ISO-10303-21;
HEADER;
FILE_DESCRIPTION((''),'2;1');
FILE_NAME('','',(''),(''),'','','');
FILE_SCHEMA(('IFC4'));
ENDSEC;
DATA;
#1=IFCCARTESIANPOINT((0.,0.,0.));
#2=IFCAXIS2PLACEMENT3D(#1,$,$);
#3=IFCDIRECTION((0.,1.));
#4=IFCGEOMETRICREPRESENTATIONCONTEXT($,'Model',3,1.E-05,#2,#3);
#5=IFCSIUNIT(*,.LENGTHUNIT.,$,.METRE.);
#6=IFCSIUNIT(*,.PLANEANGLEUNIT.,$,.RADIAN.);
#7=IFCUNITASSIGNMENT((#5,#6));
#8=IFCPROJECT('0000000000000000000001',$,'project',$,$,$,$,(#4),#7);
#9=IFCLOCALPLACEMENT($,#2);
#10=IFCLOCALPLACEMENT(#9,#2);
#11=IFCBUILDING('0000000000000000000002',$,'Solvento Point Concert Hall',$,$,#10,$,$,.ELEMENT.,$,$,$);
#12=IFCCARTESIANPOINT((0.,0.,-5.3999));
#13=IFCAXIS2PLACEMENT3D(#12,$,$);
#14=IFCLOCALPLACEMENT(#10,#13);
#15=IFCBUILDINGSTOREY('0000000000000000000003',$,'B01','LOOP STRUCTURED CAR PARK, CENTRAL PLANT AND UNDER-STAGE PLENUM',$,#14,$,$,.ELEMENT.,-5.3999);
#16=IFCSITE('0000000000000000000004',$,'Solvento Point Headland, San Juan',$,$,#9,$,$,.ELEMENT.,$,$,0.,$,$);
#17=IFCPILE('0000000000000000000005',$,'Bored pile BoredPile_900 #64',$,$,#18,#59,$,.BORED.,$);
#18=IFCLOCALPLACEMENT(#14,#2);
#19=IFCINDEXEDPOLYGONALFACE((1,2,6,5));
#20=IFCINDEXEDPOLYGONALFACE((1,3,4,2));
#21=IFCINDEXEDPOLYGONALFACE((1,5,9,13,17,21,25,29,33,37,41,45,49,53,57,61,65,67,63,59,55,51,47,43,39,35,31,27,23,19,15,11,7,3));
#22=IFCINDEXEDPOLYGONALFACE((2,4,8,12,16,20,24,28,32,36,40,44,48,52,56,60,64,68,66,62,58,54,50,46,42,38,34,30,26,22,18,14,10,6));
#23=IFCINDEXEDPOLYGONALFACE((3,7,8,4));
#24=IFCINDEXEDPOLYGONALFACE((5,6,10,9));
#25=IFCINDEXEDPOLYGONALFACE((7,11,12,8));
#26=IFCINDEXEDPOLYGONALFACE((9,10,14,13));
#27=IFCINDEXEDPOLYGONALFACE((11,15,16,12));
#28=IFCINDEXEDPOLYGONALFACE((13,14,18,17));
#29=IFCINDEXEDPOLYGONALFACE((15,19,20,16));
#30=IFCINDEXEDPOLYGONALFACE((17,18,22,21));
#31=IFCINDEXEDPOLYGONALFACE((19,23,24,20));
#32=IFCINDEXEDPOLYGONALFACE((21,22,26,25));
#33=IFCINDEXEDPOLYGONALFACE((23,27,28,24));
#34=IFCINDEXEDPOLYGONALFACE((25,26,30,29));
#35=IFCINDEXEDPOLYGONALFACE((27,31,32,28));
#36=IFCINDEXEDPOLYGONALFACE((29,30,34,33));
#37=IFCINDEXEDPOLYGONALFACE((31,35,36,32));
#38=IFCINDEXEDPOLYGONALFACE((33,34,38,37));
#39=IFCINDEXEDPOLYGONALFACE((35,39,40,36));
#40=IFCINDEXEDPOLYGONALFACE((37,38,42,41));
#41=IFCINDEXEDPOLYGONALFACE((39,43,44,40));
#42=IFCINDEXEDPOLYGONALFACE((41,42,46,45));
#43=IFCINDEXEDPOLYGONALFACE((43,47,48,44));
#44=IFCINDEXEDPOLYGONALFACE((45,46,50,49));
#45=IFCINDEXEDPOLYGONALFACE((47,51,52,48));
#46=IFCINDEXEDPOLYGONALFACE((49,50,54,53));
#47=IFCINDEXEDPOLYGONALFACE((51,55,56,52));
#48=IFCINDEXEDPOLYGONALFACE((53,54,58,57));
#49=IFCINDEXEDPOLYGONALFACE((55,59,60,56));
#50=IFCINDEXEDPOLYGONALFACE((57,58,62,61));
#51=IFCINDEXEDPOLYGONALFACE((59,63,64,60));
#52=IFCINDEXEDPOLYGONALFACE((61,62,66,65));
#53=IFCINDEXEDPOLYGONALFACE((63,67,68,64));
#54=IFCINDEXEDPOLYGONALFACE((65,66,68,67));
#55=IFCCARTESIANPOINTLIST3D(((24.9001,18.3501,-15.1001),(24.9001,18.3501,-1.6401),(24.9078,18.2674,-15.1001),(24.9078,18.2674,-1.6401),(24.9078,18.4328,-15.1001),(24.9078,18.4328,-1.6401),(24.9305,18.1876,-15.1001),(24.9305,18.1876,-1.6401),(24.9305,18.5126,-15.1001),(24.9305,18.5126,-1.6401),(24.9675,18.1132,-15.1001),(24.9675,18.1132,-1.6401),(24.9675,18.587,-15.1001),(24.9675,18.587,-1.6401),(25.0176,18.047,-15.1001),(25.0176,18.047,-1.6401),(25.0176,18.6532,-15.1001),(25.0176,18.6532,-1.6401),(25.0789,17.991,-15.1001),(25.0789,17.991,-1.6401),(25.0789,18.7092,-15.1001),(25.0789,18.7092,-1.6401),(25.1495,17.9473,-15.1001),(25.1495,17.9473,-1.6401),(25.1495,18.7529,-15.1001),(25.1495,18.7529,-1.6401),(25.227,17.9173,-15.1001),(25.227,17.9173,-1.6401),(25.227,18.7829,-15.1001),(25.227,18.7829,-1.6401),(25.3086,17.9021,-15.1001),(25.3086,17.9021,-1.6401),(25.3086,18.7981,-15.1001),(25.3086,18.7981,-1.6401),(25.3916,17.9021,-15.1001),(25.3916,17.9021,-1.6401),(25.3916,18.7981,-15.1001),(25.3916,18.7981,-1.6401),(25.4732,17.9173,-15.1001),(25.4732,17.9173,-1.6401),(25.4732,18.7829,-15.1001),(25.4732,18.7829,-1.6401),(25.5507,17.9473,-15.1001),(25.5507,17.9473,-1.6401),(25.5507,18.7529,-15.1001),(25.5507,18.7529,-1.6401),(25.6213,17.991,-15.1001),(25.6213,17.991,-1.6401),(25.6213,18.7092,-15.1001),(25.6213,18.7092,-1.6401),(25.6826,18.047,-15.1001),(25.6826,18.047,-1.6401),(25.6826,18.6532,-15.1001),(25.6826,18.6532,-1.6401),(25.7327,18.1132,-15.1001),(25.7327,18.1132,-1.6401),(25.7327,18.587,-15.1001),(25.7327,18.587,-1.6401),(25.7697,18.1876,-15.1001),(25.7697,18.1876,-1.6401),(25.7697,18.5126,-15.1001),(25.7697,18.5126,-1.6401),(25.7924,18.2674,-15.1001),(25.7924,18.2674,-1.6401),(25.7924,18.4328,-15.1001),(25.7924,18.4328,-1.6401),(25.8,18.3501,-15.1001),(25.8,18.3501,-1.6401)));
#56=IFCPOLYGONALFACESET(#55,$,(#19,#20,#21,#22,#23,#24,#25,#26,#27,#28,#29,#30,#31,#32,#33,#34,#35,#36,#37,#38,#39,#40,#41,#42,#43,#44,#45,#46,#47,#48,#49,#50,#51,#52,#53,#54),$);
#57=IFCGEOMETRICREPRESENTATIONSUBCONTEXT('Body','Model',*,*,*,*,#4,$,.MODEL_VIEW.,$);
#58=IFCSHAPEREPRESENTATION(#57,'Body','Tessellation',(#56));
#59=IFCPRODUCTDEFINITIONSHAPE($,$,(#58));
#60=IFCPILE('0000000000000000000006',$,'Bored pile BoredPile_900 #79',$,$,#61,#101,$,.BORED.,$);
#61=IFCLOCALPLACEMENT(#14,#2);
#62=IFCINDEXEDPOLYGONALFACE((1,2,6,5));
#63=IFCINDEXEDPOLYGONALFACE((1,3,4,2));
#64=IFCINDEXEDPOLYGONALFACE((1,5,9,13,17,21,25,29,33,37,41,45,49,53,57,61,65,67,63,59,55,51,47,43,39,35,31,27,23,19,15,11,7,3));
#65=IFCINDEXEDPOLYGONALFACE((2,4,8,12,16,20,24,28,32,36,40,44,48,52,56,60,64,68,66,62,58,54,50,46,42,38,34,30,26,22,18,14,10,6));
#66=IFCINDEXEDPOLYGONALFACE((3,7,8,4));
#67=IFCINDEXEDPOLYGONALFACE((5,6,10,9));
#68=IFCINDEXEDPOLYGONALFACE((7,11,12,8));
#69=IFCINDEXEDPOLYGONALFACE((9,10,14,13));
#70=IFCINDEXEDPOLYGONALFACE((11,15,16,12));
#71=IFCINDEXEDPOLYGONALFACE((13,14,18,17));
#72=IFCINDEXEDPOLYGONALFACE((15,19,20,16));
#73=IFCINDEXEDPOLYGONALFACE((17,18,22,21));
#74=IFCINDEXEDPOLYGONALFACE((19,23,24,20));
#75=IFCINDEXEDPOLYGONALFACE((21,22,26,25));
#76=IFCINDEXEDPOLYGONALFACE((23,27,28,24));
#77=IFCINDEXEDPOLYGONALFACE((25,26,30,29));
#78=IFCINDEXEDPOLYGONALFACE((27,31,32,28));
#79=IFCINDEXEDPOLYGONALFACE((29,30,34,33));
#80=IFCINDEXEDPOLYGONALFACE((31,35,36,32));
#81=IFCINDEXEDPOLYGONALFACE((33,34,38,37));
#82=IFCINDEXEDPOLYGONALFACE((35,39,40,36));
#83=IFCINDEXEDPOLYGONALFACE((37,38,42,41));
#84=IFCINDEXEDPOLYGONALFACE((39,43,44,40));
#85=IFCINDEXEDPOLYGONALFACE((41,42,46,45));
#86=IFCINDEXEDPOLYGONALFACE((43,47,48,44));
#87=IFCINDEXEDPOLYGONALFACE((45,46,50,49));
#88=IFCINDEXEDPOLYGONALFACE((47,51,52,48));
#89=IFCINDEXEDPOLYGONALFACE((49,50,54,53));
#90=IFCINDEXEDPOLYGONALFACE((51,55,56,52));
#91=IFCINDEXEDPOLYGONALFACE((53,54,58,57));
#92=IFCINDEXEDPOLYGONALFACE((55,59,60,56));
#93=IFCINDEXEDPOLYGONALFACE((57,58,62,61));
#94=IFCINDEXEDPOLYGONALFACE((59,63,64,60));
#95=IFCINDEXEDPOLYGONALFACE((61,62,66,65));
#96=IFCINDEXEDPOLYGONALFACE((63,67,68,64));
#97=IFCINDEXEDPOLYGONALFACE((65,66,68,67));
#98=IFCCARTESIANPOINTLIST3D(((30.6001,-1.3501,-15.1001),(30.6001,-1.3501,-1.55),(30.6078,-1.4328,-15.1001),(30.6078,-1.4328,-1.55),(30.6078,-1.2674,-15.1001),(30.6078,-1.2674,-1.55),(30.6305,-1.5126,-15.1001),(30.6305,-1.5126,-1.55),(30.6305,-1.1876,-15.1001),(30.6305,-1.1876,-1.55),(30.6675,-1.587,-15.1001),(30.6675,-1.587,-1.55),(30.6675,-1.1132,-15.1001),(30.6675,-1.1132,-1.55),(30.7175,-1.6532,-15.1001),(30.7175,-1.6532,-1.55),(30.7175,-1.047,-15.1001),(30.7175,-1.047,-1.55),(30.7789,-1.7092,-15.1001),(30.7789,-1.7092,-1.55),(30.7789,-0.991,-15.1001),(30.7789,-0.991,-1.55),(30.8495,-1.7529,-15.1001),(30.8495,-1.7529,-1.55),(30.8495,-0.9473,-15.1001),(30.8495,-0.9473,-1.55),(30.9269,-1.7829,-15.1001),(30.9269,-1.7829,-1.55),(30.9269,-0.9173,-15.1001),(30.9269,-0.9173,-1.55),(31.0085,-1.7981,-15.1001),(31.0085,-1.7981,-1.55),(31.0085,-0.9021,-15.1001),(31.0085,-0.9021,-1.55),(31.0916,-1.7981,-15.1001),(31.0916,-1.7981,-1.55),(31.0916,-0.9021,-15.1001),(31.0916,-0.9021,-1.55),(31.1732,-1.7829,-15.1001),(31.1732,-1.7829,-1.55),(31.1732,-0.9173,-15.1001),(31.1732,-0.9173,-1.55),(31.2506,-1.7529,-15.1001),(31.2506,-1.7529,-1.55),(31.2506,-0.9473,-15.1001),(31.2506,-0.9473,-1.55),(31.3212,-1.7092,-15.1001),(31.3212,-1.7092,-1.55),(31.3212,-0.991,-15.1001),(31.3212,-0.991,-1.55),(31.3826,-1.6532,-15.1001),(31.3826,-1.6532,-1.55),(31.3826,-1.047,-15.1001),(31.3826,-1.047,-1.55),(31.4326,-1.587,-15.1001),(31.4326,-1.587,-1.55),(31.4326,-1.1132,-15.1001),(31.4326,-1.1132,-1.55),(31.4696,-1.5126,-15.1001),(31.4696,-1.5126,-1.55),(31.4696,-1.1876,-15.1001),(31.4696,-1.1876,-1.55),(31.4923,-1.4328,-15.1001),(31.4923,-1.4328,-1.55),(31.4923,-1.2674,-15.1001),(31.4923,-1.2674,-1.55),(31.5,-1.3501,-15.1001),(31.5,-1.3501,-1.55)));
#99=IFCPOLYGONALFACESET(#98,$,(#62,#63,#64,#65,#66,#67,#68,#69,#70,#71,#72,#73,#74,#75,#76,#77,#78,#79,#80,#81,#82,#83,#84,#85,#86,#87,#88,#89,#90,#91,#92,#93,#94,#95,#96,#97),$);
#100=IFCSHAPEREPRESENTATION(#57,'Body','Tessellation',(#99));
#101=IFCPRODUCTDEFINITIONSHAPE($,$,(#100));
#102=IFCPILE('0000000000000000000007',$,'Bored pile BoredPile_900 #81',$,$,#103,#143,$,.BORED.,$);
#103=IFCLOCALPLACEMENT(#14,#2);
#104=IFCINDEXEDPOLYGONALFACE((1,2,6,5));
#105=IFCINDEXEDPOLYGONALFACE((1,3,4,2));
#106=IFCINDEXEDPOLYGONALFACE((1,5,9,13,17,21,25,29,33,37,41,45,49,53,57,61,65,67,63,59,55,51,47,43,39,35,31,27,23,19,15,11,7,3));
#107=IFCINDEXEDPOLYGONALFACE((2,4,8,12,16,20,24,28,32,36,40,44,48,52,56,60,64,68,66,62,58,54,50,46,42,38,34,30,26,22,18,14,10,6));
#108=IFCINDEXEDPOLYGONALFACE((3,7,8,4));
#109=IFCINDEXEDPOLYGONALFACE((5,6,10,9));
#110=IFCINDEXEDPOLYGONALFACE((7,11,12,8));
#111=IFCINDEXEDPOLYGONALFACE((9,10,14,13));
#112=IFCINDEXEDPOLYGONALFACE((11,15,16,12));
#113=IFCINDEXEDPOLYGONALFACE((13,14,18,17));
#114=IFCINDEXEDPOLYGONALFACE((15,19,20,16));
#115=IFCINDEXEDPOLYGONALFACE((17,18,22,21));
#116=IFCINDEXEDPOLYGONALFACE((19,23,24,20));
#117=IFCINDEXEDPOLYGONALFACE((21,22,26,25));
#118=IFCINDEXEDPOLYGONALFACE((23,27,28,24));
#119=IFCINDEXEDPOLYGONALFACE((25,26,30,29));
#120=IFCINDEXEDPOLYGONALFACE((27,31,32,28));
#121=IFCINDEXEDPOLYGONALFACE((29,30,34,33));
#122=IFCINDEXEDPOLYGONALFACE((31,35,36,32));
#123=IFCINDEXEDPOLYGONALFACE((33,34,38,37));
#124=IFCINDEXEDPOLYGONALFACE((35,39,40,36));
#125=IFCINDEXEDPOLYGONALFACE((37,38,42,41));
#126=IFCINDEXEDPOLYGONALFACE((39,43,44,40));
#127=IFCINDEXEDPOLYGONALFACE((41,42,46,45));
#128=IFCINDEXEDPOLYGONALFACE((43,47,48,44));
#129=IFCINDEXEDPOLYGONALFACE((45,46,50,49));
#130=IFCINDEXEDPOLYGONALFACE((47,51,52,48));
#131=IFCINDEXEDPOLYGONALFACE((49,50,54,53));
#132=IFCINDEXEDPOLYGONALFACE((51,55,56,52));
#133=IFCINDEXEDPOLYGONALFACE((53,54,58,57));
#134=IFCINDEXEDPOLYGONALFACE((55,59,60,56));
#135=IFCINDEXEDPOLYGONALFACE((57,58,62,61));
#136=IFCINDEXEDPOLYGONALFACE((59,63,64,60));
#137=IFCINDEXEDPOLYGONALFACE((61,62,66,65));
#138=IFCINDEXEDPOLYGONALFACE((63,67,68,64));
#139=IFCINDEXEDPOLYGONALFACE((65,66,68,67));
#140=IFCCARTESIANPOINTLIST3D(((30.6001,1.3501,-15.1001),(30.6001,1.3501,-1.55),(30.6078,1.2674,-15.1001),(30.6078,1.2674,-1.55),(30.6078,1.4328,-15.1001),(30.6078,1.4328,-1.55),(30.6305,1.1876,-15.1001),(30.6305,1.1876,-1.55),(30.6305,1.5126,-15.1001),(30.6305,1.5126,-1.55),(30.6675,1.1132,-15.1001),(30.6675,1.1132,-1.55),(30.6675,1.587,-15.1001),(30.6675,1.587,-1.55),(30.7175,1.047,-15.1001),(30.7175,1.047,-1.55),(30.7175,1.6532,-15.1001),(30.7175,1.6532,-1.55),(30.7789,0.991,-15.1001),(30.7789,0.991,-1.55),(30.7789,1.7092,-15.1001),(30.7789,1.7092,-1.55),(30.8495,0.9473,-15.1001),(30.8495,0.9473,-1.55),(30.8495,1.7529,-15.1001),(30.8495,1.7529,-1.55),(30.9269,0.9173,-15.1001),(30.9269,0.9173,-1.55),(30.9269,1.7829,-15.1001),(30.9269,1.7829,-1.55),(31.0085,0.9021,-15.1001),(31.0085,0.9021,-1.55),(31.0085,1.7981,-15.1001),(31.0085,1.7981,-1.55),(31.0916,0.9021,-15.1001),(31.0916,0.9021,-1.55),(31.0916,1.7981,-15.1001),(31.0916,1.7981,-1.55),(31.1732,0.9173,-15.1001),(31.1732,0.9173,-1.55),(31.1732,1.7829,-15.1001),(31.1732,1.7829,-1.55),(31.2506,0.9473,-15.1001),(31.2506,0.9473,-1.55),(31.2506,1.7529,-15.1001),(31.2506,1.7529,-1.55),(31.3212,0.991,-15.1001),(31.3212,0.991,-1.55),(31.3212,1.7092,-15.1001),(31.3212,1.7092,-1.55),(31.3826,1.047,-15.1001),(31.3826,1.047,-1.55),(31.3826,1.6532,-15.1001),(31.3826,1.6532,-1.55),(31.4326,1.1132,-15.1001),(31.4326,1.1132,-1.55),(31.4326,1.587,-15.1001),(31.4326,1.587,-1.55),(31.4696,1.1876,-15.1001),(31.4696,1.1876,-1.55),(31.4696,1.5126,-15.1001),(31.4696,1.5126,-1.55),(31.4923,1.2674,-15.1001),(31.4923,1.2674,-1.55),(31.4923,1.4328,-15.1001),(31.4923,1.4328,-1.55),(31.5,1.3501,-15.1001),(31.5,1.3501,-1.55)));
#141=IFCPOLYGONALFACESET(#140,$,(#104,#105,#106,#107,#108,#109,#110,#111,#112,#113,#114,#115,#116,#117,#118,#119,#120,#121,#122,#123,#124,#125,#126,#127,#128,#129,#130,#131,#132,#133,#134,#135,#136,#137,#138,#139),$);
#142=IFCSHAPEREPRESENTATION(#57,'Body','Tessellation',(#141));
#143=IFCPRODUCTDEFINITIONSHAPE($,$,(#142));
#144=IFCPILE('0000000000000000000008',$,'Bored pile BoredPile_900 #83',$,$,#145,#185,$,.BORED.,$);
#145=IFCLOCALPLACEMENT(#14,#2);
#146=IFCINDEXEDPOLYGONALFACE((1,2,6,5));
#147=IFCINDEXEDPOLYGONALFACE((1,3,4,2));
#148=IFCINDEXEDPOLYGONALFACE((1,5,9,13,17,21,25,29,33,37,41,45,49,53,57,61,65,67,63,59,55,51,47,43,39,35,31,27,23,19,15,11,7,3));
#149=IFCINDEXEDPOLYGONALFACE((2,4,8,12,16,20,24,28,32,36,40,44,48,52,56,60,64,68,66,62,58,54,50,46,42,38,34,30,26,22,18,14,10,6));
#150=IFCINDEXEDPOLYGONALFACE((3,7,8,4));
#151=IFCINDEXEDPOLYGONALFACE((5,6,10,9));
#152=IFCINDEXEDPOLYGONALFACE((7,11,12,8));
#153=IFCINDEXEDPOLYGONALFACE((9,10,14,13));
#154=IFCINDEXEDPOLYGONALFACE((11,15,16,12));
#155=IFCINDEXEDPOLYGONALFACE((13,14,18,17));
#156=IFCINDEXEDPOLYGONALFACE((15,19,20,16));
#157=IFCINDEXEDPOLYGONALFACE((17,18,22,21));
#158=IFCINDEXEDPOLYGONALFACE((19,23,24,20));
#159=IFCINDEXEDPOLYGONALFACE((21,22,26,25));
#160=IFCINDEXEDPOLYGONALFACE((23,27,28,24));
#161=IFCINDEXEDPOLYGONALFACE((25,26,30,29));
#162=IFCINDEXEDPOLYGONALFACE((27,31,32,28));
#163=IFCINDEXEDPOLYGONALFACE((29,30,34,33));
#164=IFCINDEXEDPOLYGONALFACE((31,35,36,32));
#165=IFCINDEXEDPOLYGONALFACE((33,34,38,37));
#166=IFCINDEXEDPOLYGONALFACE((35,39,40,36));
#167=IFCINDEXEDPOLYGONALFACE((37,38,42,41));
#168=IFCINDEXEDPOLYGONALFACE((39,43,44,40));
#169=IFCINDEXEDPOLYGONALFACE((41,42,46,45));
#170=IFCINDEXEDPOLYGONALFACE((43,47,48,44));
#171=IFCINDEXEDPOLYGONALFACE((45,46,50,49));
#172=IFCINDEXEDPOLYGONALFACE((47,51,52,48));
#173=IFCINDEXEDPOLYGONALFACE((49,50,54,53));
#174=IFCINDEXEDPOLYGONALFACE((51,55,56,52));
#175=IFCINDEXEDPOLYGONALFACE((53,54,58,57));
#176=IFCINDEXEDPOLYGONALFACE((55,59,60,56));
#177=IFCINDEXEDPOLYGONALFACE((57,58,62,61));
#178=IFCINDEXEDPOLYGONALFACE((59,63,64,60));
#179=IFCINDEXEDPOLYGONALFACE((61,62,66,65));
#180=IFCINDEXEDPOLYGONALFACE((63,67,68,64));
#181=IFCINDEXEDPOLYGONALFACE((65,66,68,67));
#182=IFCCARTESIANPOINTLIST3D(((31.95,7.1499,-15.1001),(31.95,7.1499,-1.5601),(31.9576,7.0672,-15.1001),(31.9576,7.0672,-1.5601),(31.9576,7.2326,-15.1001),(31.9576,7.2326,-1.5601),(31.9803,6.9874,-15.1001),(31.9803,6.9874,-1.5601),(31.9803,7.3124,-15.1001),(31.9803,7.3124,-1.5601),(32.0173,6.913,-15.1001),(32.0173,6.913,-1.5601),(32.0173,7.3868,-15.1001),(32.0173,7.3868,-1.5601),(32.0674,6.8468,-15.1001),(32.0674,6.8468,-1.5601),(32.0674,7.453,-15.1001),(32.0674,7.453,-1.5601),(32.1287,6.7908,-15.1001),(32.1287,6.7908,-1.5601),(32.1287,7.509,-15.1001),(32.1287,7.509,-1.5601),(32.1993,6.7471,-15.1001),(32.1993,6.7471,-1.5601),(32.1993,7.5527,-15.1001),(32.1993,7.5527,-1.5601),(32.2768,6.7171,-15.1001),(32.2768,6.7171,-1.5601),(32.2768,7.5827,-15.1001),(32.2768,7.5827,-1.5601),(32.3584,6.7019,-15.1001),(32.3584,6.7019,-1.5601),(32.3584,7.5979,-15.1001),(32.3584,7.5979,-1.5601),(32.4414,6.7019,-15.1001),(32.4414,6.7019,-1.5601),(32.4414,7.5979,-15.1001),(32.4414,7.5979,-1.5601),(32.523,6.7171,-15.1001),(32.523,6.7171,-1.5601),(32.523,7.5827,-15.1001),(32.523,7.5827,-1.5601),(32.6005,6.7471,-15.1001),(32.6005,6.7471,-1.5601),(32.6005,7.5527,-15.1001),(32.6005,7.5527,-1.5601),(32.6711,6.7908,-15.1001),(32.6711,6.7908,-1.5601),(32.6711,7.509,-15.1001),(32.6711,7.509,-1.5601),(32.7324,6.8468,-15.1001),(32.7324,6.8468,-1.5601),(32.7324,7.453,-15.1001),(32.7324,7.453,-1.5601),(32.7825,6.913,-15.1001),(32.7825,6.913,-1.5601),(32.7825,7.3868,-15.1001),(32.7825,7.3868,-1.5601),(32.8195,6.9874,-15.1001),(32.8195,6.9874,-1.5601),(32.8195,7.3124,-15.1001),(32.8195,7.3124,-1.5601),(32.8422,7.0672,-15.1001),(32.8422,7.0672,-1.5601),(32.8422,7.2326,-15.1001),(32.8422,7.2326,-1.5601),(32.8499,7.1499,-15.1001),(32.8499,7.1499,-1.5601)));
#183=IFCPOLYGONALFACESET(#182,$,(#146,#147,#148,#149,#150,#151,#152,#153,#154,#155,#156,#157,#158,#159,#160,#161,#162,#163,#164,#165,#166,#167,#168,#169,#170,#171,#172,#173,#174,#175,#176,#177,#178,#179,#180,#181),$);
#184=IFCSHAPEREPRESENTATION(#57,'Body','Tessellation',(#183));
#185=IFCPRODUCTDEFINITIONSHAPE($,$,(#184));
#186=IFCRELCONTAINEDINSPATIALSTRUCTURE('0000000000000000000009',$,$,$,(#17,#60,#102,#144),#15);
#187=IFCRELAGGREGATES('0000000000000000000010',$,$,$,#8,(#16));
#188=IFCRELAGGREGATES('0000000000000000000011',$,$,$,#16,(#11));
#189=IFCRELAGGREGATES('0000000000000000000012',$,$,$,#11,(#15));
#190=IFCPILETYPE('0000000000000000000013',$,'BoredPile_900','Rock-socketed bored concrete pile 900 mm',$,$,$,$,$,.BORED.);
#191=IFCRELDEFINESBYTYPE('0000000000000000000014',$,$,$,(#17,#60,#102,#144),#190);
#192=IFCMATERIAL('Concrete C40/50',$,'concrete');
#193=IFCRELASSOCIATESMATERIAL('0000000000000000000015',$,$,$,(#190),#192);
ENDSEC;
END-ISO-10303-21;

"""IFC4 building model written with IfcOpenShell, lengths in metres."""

from ifc_helpers import new_model, si_unit, direction, frame, origin, origin_2d, place, context, subcontext, project, spatial, circle, extrude, material, material_profile, profile_set, type_object, element, save


model = new_model("IFC4")

# Units and contexts
model_context = context("Model", 3, precision=1e-05, world=origin(), true_north=direction((0.0, 1.0)))
body_context = subcontext(model_context, "Body", "Model", "MODEL_VIEW")
ifc_project = project(units=[si_unit("LENGTHUNIT", "METRE"), si_unit("PLANEANGLEUNIT", "RADIAN")], contexts=[model_context])

# Site, building, storey
site_placement = place(None, origin())
site = spatial("IfcSite", under=ifc_project, at=site_placement, Name="Solvento Point Headland, San Juan", CompositionType="ELEMENT", RefElevation=0.0)
building_placement = place(site_placement, origin())
building = spatial("IfcBuilding", under=site, at=building_placement, Name="Solvento Point Concert Hall", CompositionType="ELEMENT")
storey_placement = place(building_placement, frame((0.0, 0.0, -5.3999)))
storey = spatial("IfcBuildingStorey", under=building, at=storey_placement, Name="B01", Description="LOOP STRUCTURED CAR PARK, CENTRAL PLANT AND UNDER-STAGE PLENUM", CompositionType="ELEMENT", Elevation=-5.3999)

# Piles
ifc_material_1 = material(Name="Concrete C40/50", Category="concrete")
ifc_material_profile_1 = material_profile(ifc_material_1, circle(Radius=0.45, at=origin_2d()), Name="BP-900")
ifc_profile_set_1 = profile_set([ifc_material_profile_1], Name="Concrete C40/50")
pile_type_1 = type_object("IfcPileType", Name="BoredPile_900", Description="Rock-socketed bored concrete pile 900 mm", PredefinedType="BORED", material=ifc_profile_set_1)
for number, where, z_axis, x_axis, name in (
    (1, (25.3501, 18.3501, -1.6401), (0.0, 0.0, -1.0), (1.0, 0.0, 0.0), "Bored pile BoredPile_900 #64"),
):
    element("IfcPile", number, at=place(storey_placement, frame(where, z_axis=z_axis, x_axis=x_axis)), inside=storey, type_object=pile_type_1, Name=name, PredefinedType="BORED", context=body_context, shape_type="SweptSolid", body=[
        extrude(circle(Radius=0.45, at=origin_2d()), origin(), (0.0, 0.0, 1.0), 13.46),
    ])
for number, where, z_axis, x_axis, name in (
    (2, (31.05, -1.3501, -1.55), (0.0, 0.0, -1.0), (1.0, 0.0, 0.0), "Bored pile BoredPile_900 #79"),
    (3, (31.05, 1.3501, -1.55), (0.0, 0.0, -1.0), (1.0, 0.0, 0.0), "Bored pile BoredPile_900 #81"),
):
    element("IfcPile", number, at=place(storey_placement, frame(where, z_axis=z_axis, x_axis=x_axis)), inside=storey, type_object=pile_type_1, Name=name, PredefinedType="BORED", context=body_context, shape_type="SweptSolid", body=[
        extrude(circle(Radius=0.45, at=origin_2d()), origin(), (0.0, 0.0, 1.0), 13.55),
    ])
for number, where, z_axis, x_axis, name in (
    (4, (32.3999, 7.1499, -1.5601), (0.0, 0.0, -1.0), (1.0, 0.0, 0.0), "Bored pile BoredPile_900 #83"),
):
    element("IfcPile", number, at=place(storey_placement, frame(where, z_axis=z_axis, x_axis=x_axis)), inside=storey, type_object=pile_type_1, Name=name, PredefinedType="BORED", context=body_context, shape_type="SweptSolid", body=[
        extrude(circle(Radius=0.45, at=origin_2d()), origin(), (0.0, 0.0, 1.0), 13.54),
    ])

save(model, "model.ifc")
